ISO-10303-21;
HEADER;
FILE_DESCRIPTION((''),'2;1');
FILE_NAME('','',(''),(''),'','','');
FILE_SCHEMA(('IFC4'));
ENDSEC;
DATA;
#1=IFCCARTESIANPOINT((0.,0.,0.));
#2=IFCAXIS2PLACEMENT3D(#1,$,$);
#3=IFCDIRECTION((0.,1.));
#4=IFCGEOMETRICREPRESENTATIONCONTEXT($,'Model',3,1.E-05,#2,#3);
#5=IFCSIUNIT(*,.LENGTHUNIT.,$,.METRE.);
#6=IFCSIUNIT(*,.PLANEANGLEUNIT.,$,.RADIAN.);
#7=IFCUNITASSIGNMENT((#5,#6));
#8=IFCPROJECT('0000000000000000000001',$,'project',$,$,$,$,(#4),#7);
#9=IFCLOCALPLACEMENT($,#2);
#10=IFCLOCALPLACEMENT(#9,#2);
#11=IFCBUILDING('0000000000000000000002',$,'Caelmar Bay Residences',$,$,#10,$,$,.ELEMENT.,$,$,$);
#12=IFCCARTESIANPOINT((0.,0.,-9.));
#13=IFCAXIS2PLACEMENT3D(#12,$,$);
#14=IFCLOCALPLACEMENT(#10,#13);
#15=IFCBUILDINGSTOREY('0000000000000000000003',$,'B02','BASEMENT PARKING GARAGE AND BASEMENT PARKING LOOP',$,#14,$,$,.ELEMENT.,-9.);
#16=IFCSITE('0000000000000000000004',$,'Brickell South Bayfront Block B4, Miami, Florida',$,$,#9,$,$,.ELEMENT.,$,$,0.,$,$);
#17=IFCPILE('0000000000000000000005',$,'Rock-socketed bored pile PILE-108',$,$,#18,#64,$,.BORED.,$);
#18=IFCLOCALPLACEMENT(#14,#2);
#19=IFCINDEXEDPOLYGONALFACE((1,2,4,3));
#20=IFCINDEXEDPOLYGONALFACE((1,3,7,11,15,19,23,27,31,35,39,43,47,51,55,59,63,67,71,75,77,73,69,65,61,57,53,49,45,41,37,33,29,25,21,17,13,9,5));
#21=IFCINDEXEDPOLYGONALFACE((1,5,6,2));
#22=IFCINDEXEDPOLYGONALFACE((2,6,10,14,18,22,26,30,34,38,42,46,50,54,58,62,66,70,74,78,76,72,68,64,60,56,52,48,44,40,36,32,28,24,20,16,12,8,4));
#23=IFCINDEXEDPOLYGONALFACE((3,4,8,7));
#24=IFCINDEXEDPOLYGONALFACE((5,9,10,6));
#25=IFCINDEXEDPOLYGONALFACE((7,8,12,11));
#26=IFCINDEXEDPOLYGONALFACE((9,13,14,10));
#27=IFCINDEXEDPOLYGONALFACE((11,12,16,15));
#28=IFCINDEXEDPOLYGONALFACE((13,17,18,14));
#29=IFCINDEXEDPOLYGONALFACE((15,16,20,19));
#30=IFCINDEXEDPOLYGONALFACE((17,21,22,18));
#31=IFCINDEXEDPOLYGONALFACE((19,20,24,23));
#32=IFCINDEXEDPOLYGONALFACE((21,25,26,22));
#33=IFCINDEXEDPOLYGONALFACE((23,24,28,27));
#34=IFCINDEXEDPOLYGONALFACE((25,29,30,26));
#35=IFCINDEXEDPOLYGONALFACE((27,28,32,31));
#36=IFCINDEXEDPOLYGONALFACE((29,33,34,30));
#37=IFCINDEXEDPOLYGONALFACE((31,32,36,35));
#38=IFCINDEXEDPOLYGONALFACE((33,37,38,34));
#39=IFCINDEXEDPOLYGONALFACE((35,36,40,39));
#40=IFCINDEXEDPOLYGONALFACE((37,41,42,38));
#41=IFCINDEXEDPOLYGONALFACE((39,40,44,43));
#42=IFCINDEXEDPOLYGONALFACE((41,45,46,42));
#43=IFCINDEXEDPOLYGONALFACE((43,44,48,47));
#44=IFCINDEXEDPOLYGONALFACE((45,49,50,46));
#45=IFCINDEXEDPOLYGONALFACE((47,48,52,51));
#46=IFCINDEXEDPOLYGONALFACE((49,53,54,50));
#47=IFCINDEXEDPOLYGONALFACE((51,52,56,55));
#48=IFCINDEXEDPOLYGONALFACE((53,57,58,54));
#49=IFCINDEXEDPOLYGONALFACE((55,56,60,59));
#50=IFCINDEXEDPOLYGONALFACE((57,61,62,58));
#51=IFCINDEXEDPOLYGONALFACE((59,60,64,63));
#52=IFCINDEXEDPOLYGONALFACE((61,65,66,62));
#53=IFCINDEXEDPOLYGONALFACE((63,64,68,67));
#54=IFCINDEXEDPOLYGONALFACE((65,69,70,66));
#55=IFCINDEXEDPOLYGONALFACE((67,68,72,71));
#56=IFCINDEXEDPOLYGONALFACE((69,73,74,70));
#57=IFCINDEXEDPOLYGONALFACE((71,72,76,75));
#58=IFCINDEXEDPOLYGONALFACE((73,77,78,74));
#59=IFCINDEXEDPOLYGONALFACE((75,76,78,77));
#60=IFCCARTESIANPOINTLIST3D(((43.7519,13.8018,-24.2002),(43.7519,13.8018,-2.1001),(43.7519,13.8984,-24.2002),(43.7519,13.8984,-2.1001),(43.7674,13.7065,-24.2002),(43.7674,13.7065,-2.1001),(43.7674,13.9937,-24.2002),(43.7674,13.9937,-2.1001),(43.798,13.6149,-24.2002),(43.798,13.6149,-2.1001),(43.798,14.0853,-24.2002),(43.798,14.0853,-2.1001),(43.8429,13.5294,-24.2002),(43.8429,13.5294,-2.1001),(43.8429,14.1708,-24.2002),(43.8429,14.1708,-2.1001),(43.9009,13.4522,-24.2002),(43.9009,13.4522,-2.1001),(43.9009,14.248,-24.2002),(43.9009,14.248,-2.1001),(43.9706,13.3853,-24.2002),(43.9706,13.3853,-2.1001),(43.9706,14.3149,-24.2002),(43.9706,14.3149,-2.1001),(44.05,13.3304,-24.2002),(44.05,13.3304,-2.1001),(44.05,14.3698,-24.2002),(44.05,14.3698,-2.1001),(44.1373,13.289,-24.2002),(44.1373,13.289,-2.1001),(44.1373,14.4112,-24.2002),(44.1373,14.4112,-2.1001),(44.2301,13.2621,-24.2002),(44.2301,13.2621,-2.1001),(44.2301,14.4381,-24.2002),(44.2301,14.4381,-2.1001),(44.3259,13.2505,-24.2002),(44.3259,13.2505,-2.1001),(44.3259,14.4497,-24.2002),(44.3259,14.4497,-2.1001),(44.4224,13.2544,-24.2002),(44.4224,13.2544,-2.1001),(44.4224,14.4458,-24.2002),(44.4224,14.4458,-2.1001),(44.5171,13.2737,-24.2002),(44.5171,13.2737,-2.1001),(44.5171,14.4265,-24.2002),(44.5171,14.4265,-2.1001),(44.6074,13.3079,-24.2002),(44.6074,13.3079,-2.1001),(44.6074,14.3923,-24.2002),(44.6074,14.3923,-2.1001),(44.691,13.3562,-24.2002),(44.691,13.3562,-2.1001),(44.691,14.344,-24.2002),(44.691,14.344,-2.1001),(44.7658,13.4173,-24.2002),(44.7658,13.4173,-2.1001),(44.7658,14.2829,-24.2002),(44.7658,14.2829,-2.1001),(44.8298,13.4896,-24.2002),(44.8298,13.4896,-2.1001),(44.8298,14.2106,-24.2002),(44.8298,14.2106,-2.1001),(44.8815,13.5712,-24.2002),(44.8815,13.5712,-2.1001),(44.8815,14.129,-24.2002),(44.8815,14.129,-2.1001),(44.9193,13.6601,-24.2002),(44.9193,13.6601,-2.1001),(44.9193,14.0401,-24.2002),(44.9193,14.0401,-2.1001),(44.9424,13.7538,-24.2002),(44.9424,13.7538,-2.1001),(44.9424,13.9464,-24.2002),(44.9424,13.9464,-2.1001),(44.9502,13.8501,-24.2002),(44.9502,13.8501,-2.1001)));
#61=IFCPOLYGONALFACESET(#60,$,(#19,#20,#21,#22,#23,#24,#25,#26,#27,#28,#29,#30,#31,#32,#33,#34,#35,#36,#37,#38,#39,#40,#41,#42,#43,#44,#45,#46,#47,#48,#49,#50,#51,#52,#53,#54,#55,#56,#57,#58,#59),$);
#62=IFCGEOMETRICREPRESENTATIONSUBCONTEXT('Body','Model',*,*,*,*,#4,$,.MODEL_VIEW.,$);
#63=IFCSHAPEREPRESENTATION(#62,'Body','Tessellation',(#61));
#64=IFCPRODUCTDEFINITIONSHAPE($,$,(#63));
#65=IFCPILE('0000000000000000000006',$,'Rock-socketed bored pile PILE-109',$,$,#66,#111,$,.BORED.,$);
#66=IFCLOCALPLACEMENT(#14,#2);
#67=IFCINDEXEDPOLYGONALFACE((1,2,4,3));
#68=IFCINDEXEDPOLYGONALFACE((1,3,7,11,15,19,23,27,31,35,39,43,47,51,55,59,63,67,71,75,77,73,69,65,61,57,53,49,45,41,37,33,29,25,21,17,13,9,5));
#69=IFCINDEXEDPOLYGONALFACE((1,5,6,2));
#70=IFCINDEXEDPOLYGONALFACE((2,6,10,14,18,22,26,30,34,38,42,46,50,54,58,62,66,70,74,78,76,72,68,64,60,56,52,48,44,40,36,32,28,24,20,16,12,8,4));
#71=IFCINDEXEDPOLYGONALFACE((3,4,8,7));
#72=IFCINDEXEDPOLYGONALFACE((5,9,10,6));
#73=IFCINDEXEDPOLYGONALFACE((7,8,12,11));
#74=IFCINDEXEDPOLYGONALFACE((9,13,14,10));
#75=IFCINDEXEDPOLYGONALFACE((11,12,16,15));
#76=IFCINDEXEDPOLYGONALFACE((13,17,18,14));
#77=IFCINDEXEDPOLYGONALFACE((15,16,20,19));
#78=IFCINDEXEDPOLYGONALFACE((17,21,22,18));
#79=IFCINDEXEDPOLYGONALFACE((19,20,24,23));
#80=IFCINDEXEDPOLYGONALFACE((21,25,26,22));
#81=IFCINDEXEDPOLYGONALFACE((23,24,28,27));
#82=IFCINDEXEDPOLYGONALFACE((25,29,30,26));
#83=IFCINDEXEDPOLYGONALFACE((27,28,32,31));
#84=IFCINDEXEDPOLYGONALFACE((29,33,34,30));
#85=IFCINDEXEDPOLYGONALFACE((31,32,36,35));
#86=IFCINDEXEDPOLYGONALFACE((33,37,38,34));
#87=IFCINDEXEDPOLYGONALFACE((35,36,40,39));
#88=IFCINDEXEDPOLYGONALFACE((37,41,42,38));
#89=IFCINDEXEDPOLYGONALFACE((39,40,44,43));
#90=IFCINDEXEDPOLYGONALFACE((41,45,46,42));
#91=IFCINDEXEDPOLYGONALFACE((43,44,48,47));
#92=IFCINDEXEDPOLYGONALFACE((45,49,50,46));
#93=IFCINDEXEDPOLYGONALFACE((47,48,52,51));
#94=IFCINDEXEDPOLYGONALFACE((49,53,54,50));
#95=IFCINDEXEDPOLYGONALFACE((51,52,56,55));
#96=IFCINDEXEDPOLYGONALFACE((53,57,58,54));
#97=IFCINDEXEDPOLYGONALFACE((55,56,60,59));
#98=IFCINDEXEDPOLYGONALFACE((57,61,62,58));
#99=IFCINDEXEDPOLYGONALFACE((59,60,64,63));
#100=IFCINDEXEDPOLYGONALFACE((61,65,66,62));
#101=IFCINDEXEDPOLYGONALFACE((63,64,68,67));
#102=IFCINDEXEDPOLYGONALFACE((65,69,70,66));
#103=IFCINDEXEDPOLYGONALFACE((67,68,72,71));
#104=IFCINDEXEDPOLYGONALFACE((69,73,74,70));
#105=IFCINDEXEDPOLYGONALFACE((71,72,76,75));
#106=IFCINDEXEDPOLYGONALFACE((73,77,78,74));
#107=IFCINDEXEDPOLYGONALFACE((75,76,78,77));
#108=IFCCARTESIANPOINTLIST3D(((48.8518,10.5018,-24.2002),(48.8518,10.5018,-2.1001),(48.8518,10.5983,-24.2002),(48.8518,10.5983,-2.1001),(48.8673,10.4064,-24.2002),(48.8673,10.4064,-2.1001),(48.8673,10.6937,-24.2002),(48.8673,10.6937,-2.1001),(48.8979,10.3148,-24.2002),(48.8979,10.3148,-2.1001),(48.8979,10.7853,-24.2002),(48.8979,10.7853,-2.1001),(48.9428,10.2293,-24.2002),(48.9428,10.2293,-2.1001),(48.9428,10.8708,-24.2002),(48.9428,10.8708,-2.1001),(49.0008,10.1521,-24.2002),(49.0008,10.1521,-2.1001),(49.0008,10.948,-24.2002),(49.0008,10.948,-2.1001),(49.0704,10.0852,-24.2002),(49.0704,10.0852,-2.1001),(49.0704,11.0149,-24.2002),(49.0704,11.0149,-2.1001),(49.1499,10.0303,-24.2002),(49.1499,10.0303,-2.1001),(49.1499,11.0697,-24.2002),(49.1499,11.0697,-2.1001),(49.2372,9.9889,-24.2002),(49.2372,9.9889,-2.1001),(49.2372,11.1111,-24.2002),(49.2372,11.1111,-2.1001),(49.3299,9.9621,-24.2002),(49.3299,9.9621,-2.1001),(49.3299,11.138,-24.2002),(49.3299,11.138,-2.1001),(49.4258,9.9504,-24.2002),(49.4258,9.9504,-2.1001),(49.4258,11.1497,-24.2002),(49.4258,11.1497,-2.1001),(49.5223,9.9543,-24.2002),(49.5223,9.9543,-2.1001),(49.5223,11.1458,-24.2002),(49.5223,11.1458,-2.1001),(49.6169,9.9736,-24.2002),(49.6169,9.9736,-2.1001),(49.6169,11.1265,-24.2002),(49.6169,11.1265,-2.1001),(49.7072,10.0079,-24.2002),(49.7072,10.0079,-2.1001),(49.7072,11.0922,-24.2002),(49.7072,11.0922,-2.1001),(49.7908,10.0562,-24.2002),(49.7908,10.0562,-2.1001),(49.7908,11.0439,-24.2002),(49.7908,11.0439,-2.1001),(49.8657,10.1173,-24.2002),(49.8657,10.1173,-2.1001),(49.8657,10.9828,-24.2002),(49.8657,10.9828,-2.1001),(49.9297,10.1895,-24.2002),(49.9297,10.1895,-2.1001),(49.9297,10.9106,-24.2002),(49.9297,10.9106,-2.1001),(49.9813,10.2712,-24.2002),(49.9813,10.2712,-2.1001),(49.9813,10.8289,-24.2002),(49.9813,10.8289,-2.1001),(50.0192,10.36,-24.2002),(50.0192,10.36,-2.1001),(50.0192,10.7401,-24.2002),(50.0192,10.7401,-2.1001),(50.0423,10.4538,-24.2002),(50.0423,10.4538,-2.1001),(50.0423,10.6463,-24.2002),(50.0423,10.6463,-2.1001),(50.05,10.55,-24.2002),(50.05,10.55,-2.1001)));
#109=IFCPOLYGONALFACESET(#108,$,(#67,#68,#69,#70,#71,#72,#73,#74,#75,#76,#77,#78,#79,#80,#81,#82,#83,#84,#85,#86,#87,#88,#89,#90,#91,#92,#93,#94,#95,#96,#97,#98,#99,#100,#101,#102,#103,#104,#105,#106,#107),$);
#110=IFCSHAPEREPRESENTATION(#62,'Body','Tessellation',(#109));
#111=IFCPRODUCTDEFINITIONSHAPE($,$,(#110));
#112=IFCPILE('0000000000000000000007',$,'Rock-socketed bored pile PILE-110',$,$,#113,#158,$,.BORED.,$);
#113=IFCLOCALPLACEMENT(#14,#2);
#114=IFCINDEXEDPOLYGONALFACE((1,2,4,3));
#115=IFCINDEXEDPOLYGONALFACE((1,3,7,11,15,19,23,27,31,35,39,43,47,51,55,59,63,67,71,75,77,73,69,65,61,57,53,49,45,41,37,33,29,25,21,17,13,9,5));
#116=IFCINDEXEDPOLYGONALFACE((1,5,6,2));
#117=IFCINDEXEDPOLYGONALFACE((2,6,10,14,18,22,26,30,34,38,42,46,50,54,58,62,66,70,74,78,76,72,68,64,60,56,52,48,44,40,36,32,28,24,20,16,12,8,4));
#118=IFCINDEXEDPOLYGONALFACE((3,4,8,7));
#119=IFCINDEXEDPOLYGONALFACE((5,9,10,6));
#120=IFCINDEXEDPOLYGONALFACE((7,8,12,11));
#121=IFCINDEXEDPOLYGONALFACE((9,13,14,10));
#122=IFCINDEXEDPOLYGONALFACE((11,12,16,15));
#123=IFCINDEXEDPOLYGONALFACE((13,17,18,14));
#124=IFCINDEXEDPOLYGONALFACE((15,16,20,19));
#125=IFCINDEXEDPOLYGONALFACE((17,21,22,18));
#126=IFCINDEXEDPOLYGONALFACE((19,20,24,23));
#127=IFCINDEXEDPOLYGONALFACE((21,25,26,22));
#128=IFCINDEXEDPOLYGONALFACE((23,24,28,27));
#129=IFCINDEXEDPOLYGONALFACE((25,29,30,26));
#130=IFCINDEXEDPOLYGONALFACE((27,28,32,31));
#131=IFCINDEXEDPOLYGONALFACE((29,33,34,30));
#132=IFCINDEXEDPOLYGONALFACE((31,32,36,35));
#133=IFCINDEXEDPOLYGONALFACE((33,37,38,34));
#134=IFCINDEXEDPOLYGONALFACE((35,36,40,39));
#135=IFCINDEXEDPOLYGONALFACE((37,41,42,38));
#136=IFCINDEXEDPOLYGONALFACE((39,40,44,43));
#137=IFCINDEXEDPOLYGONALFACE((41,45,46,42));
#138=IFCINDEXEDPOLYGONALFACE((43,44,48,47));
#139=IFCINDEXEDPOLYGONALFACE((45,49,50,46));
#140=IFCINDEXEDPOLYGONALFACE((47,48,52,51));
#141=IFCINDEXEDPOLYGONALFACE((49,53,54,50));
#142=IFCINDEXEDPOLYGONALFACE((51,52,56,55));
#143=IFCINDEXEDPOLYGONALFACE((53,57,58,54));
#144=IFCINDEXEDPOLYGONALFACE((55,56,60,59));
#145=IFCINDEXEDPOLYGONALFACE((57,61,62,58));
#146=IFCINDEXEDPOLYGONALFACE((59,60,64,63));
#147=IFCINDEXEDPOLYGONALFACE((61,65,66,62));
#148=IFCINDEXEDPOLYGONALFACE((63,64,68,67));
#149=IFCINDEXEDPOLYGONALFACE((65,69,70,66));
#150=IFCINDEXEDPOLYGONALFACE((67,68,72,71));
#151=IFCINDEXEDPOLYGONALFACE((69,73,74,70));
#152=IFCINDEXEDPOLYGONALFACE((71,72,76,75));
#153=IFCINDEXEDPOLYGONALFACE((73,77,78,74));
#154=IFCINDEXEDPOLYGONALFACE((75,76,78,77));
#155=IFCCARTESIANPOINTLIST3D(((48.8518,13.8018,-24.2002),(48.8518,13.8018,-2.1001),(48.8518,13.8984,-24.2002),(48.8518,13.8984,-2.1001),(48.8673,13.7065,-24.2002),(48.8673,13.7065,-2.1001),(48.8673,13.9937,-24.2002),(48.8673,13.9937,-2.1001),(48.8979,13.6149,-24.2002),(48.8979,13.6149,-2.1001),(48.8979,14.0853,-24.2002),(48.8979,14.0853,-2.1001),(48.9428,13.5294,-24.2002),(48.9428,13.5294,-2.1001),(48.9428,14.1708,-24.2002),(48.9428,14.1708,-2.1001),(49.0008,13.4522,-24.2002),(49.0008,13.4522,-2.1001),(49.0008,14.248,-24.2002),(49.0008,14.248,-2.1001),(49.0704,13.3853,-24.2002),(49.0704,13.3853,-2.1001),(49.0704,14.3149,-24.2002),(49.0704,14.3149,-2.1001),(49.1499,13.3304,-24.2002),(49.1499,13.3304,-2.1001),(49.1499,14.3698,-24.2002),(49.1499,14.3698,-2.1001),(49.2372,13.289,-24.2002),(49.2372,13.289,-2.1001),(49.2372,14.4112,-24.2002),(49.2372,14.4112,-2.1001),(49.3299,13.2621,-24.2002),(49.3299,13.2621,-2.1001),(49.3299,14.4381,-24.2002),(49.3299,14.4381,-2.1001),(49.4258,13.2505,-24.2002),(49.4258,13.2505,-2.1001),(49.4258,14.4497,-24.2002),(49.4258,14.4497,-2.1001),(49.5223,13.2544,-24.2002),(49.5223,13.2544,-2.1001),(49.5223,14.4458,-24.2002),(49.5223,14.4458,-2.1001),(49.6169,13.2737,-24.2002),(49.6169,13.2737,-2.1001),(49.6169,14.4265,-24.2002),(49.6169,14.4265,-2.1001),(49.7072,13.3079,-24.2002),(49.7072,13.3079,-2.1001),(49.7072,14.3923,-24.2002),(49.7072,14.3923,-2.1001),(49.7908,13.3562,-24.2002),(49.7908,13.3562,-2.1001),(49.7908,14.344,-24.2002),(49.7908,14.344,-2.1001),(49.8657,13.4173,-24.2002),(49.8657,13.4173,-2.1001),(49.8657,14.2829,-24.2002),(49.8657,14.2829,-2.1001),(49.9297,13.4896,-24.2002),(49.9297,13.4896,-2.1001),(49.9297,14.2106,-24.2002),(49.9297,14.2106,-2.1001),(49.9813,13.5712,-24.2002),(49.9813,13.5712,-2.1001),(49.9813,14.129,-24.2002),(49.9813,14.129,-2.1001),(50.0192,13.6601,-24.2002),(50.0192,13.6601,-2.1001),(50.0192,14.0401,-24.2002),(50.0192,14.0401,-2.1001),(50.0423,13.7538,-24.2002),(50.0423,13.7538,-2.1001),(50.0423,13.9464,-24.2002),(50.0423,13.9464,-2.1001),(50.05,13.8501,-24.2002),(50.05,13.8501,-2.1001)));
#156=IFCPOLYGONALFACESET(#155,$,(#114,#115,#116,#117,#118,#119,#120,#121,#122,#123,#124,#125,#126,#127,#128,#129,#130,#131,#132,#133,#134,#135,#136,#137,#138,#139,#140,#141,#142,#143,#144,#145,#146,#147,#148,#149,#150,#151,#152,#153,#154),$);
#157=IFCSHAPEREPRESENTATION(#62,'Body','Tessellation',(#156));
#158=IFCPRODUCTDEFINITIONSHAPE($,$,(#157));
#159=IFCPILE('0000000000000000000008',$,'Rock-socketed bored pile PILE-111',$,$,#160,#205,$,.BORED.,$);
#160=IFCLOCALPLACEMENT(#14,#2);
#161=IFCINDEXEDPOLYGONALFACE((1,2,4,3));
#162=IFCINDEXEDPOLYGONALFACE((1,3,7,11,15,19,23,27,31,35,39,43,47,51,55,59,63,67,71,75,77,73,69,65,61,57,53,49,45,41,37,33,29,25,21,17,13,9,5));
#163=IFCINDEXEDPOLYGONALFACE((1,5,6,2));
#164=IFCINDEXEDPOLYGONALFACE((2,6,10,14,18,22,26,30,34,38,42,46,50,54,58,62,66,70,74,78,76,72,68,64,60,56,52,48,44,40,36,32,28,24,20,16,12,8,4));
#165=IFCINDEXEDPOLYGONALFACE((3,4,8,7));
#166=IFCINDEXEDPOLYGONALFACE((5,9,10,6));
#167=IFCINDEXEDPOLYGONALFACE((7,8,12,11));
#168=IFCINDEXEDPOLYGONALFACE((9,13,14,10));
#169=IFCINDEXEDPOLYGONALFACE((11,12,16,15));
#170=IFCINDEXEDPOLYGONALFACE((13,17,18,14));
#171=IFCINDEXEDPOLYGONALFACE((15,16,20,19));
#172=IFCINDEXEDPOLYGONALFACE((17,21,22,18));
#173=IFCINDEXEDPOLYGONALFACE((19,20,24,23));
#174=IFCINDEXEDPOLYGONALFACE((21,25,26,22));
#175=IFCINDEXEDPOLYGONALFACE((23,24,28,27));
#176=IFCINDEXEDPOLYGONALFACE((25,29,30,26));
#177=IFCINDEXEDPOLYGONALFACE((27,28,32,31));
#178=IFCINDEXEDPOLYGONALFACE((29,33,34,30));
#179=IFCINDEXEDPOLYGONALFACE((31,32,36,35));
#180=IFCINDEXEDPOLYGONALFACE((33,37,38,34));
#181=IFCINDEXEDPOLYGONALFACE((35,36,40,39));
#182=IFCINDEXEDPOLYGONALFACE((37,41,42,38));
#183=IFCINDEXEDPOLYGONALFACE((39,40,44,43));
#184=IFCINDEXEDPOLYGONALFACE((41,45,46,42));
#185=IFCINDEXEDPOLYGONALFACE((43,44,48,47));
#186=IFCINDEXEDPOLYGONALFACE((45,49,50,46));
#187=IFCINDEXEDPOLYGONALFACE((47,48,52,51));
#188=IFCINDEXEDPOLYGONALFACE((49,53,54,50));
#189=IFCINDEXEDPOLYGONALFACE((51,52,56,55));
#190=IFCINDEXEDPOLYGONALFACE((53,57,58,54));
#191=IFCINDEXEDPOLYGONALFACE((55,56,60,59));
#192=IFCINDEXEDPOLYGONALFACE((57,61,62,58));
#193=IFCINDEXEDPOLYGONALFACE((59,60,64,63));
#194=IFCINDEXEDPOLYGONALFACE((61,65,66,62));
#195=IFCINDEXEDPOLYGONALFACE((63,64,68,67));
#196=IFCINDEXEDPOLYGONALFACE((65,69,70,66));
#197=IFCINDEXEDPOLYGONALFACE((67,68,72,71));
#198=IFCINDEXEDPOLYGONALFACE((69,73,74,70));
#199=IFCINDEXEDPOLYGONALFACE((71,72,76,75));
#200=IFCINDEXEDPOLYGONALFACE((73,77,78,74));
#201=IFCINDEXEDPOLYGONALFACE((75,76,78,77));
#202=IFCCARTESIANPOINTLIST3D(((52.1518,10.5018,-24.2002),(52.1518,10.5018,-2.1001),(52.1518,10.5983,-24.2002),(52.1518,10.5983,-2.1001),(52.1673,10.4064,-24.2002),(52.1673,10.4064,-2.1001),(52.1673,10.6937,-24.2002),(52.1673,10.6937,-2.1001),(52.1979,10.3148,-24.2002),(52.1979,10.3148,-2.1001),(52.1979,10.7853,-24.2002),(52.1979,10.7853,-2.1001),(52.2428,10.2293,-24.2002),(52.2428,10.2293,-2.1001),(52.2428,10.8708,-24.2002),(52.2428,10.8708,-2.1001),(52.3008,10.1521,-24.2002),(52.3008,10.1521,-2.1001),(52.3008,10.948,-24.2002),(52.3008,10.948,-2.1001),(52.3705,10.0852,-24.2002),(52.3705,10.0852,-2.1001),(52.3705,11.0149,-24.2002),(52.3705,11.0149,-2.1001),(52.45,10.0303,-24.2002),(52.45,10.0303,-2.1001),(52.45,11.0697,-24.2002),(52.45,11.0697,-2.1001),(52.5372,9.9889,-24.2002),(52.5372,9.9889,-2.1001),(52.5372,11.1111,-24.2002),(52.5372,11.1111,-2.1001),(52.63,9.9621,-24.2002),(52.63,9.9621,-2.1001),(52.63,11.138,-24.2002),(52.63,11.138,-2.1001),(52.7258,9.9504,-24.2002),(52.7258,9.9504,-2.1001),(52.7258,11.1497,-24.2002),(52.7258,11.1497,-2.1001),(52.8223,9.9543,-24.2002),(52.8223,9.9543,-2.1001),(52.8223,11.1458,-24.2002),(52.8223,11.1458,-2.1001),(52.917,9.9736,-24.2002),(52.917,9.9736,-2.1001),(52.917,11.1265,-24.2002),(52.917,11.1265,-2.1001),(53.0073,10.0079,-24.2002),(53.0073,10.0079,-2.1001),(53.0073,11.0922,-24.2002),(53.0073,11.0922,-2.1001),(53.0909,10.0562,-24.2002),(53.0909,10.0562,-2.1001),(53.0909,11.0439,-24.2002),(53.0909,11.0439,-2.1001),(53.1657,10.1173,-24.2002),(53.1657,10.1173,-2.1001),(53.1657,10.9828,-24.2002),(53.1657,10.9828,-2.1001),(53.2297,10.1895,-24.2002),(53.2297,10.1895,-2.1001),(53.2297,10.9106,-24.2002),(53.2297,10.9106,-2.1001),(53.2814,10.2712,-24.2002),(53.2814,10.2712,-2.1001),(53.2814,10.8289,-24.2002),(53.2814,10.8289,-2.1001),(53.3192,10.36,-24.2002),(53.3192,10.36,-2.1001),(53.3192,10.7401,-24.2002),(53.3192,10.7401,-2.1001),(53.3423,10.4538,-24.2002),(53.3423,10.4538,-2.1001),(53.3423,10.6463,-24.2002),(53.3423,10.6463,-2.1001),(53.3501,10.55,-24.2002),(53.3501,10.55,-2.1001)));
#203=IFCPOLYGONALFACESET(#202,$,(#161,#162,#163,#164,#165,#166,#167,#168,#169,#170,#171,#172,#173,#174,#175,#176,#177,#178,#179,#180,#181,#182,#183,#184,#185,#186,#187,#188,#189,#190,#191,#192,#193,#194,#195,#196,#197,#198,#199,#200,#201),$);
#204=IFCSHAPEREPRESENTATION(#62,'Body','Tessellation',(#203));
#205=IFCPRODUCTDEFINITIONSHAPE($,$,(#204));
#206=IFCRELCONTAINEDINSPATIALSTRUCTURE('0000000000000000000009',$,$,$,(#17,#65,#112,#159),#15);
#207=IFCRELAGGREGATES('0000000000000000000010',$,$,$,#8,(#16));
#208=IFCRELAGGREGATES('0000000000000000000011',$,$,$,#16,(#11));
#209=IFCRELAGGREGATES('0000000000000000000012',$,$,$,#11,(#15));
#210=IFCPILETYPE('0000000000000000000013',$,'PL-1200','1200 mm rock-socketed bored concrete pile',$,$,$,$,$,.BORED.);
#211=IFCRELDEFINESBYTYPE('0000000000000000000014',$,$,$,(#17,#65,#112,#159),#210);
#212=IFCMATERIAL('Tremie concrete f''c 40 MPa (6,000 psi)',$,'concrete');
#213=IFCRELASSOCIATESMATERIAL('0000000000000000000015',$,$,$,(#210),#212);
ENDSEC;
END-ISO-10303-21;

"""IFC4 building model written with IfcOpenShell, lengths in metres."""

from ifc_helpers import new_model, si_unit, direction, frame, origin, origin_2d, place, context, subcontext, project, spatial, circle, extrude, material, material_profile, profile_set, type_object, element, save


model = new_model("IFC4")

# Units and contexts
model_context = context("Model", 3, precision=1e-05, world=origin(), true_north=direction((0.0, 1.0)))
body_context = subcontext(model_context, "Body", "Model", "MODEL_VIEW")
ifc_project = project(units=[si_unit("LENGTHUNIT", "METRE"), si_unit("PLANEANGLEUNIT", "RADIAN")], contexts=[model_context])

# Site, building, storey
site_placement = place(None, origin())
site = spatial("IfcSite", under=ifc_project, at=site_placement, Name="Brickell South Bayfront Block B4, Miami, Florida", CompositionType="ELEMENT", RefElevation=0.0)
building_placement = place(site_placement, origin())
building = spatial("IfcBuilding", under=site, at=building_placement, Name="Caelmar Bay Residences", CompositionType="ELEMENT")
storey_placement = place(building_placement, frame((0.0, 0.0, -9.0)))
storey = spatial("IfcBuildingStorey", under=building, at=storey_placement, Name="B02", Description="BASEMENT PARKING GARAGE AND BASEMENT PARKING LOOP", CompositionType="ELEMENT", Elevation=-9.0)

# Piles
ifc_material_1 = material(Name="Tremie concrete f'c 40 MPa (6,000 psi)", Category="concrete")
ifc_material_profile_1 = material_profile(ifc_material_1, circle(Radius=0.6001, at=origin_2d()), Name="PILE-1200D")
ifc_profile_set_1 = profile_set([ifc_material_profile_1], Name="Tremie concrete f'c 40 MPa (6,000 psi)")
pile_type = type_object("IfcPileType", Name="PL-1200", Description="1200 mm rock-socketed bored concrete pile", PredefinedType="BORED", material=ifc_profile_set_1)
for number, where, z_axis, x_axis, name in (
    (1, (44.3501, 13.8501, -2.1001), (0.0, 0.0, -1.0), (1.0, 0.0, 0.0), "Rock-socketed bored pile PILE-108"),
    (2, (49.45, 10.55, -2.1001), (0.0, 0.0, -1.0), (1.0, 0.0, 0.0), "Rock-socketed bored pile PILE-109"),
    (3, (49.45, 13.8501, -2.1001), (0.0, 0.0, -1.0), (1.0, 0.0, 0.0), "Rock-socketed bored pile PILE-110"),
    (4, (52.75, 10.55, -2.1001), (0.0, 0.0, -1.0), (1.0, 0.0, 0.0), "Rock-socketed bored pile PILE-111"),
):
    element("IfcPile", number, at=place(storey_placement, frame(where, z_axis=z_axis, x_axis=x_axis)), inside=storey, type_object=pile_type, Name=name, PredefinedType="BORED", context=body_context, shape_type="SweptSolid", body=[
        extrude(circle(Radius=0.6001, at=origin_2d()), origin(), (0.0, 0.0, 1.0), 22.1001),
    ])

save(model, "model.ifc")
